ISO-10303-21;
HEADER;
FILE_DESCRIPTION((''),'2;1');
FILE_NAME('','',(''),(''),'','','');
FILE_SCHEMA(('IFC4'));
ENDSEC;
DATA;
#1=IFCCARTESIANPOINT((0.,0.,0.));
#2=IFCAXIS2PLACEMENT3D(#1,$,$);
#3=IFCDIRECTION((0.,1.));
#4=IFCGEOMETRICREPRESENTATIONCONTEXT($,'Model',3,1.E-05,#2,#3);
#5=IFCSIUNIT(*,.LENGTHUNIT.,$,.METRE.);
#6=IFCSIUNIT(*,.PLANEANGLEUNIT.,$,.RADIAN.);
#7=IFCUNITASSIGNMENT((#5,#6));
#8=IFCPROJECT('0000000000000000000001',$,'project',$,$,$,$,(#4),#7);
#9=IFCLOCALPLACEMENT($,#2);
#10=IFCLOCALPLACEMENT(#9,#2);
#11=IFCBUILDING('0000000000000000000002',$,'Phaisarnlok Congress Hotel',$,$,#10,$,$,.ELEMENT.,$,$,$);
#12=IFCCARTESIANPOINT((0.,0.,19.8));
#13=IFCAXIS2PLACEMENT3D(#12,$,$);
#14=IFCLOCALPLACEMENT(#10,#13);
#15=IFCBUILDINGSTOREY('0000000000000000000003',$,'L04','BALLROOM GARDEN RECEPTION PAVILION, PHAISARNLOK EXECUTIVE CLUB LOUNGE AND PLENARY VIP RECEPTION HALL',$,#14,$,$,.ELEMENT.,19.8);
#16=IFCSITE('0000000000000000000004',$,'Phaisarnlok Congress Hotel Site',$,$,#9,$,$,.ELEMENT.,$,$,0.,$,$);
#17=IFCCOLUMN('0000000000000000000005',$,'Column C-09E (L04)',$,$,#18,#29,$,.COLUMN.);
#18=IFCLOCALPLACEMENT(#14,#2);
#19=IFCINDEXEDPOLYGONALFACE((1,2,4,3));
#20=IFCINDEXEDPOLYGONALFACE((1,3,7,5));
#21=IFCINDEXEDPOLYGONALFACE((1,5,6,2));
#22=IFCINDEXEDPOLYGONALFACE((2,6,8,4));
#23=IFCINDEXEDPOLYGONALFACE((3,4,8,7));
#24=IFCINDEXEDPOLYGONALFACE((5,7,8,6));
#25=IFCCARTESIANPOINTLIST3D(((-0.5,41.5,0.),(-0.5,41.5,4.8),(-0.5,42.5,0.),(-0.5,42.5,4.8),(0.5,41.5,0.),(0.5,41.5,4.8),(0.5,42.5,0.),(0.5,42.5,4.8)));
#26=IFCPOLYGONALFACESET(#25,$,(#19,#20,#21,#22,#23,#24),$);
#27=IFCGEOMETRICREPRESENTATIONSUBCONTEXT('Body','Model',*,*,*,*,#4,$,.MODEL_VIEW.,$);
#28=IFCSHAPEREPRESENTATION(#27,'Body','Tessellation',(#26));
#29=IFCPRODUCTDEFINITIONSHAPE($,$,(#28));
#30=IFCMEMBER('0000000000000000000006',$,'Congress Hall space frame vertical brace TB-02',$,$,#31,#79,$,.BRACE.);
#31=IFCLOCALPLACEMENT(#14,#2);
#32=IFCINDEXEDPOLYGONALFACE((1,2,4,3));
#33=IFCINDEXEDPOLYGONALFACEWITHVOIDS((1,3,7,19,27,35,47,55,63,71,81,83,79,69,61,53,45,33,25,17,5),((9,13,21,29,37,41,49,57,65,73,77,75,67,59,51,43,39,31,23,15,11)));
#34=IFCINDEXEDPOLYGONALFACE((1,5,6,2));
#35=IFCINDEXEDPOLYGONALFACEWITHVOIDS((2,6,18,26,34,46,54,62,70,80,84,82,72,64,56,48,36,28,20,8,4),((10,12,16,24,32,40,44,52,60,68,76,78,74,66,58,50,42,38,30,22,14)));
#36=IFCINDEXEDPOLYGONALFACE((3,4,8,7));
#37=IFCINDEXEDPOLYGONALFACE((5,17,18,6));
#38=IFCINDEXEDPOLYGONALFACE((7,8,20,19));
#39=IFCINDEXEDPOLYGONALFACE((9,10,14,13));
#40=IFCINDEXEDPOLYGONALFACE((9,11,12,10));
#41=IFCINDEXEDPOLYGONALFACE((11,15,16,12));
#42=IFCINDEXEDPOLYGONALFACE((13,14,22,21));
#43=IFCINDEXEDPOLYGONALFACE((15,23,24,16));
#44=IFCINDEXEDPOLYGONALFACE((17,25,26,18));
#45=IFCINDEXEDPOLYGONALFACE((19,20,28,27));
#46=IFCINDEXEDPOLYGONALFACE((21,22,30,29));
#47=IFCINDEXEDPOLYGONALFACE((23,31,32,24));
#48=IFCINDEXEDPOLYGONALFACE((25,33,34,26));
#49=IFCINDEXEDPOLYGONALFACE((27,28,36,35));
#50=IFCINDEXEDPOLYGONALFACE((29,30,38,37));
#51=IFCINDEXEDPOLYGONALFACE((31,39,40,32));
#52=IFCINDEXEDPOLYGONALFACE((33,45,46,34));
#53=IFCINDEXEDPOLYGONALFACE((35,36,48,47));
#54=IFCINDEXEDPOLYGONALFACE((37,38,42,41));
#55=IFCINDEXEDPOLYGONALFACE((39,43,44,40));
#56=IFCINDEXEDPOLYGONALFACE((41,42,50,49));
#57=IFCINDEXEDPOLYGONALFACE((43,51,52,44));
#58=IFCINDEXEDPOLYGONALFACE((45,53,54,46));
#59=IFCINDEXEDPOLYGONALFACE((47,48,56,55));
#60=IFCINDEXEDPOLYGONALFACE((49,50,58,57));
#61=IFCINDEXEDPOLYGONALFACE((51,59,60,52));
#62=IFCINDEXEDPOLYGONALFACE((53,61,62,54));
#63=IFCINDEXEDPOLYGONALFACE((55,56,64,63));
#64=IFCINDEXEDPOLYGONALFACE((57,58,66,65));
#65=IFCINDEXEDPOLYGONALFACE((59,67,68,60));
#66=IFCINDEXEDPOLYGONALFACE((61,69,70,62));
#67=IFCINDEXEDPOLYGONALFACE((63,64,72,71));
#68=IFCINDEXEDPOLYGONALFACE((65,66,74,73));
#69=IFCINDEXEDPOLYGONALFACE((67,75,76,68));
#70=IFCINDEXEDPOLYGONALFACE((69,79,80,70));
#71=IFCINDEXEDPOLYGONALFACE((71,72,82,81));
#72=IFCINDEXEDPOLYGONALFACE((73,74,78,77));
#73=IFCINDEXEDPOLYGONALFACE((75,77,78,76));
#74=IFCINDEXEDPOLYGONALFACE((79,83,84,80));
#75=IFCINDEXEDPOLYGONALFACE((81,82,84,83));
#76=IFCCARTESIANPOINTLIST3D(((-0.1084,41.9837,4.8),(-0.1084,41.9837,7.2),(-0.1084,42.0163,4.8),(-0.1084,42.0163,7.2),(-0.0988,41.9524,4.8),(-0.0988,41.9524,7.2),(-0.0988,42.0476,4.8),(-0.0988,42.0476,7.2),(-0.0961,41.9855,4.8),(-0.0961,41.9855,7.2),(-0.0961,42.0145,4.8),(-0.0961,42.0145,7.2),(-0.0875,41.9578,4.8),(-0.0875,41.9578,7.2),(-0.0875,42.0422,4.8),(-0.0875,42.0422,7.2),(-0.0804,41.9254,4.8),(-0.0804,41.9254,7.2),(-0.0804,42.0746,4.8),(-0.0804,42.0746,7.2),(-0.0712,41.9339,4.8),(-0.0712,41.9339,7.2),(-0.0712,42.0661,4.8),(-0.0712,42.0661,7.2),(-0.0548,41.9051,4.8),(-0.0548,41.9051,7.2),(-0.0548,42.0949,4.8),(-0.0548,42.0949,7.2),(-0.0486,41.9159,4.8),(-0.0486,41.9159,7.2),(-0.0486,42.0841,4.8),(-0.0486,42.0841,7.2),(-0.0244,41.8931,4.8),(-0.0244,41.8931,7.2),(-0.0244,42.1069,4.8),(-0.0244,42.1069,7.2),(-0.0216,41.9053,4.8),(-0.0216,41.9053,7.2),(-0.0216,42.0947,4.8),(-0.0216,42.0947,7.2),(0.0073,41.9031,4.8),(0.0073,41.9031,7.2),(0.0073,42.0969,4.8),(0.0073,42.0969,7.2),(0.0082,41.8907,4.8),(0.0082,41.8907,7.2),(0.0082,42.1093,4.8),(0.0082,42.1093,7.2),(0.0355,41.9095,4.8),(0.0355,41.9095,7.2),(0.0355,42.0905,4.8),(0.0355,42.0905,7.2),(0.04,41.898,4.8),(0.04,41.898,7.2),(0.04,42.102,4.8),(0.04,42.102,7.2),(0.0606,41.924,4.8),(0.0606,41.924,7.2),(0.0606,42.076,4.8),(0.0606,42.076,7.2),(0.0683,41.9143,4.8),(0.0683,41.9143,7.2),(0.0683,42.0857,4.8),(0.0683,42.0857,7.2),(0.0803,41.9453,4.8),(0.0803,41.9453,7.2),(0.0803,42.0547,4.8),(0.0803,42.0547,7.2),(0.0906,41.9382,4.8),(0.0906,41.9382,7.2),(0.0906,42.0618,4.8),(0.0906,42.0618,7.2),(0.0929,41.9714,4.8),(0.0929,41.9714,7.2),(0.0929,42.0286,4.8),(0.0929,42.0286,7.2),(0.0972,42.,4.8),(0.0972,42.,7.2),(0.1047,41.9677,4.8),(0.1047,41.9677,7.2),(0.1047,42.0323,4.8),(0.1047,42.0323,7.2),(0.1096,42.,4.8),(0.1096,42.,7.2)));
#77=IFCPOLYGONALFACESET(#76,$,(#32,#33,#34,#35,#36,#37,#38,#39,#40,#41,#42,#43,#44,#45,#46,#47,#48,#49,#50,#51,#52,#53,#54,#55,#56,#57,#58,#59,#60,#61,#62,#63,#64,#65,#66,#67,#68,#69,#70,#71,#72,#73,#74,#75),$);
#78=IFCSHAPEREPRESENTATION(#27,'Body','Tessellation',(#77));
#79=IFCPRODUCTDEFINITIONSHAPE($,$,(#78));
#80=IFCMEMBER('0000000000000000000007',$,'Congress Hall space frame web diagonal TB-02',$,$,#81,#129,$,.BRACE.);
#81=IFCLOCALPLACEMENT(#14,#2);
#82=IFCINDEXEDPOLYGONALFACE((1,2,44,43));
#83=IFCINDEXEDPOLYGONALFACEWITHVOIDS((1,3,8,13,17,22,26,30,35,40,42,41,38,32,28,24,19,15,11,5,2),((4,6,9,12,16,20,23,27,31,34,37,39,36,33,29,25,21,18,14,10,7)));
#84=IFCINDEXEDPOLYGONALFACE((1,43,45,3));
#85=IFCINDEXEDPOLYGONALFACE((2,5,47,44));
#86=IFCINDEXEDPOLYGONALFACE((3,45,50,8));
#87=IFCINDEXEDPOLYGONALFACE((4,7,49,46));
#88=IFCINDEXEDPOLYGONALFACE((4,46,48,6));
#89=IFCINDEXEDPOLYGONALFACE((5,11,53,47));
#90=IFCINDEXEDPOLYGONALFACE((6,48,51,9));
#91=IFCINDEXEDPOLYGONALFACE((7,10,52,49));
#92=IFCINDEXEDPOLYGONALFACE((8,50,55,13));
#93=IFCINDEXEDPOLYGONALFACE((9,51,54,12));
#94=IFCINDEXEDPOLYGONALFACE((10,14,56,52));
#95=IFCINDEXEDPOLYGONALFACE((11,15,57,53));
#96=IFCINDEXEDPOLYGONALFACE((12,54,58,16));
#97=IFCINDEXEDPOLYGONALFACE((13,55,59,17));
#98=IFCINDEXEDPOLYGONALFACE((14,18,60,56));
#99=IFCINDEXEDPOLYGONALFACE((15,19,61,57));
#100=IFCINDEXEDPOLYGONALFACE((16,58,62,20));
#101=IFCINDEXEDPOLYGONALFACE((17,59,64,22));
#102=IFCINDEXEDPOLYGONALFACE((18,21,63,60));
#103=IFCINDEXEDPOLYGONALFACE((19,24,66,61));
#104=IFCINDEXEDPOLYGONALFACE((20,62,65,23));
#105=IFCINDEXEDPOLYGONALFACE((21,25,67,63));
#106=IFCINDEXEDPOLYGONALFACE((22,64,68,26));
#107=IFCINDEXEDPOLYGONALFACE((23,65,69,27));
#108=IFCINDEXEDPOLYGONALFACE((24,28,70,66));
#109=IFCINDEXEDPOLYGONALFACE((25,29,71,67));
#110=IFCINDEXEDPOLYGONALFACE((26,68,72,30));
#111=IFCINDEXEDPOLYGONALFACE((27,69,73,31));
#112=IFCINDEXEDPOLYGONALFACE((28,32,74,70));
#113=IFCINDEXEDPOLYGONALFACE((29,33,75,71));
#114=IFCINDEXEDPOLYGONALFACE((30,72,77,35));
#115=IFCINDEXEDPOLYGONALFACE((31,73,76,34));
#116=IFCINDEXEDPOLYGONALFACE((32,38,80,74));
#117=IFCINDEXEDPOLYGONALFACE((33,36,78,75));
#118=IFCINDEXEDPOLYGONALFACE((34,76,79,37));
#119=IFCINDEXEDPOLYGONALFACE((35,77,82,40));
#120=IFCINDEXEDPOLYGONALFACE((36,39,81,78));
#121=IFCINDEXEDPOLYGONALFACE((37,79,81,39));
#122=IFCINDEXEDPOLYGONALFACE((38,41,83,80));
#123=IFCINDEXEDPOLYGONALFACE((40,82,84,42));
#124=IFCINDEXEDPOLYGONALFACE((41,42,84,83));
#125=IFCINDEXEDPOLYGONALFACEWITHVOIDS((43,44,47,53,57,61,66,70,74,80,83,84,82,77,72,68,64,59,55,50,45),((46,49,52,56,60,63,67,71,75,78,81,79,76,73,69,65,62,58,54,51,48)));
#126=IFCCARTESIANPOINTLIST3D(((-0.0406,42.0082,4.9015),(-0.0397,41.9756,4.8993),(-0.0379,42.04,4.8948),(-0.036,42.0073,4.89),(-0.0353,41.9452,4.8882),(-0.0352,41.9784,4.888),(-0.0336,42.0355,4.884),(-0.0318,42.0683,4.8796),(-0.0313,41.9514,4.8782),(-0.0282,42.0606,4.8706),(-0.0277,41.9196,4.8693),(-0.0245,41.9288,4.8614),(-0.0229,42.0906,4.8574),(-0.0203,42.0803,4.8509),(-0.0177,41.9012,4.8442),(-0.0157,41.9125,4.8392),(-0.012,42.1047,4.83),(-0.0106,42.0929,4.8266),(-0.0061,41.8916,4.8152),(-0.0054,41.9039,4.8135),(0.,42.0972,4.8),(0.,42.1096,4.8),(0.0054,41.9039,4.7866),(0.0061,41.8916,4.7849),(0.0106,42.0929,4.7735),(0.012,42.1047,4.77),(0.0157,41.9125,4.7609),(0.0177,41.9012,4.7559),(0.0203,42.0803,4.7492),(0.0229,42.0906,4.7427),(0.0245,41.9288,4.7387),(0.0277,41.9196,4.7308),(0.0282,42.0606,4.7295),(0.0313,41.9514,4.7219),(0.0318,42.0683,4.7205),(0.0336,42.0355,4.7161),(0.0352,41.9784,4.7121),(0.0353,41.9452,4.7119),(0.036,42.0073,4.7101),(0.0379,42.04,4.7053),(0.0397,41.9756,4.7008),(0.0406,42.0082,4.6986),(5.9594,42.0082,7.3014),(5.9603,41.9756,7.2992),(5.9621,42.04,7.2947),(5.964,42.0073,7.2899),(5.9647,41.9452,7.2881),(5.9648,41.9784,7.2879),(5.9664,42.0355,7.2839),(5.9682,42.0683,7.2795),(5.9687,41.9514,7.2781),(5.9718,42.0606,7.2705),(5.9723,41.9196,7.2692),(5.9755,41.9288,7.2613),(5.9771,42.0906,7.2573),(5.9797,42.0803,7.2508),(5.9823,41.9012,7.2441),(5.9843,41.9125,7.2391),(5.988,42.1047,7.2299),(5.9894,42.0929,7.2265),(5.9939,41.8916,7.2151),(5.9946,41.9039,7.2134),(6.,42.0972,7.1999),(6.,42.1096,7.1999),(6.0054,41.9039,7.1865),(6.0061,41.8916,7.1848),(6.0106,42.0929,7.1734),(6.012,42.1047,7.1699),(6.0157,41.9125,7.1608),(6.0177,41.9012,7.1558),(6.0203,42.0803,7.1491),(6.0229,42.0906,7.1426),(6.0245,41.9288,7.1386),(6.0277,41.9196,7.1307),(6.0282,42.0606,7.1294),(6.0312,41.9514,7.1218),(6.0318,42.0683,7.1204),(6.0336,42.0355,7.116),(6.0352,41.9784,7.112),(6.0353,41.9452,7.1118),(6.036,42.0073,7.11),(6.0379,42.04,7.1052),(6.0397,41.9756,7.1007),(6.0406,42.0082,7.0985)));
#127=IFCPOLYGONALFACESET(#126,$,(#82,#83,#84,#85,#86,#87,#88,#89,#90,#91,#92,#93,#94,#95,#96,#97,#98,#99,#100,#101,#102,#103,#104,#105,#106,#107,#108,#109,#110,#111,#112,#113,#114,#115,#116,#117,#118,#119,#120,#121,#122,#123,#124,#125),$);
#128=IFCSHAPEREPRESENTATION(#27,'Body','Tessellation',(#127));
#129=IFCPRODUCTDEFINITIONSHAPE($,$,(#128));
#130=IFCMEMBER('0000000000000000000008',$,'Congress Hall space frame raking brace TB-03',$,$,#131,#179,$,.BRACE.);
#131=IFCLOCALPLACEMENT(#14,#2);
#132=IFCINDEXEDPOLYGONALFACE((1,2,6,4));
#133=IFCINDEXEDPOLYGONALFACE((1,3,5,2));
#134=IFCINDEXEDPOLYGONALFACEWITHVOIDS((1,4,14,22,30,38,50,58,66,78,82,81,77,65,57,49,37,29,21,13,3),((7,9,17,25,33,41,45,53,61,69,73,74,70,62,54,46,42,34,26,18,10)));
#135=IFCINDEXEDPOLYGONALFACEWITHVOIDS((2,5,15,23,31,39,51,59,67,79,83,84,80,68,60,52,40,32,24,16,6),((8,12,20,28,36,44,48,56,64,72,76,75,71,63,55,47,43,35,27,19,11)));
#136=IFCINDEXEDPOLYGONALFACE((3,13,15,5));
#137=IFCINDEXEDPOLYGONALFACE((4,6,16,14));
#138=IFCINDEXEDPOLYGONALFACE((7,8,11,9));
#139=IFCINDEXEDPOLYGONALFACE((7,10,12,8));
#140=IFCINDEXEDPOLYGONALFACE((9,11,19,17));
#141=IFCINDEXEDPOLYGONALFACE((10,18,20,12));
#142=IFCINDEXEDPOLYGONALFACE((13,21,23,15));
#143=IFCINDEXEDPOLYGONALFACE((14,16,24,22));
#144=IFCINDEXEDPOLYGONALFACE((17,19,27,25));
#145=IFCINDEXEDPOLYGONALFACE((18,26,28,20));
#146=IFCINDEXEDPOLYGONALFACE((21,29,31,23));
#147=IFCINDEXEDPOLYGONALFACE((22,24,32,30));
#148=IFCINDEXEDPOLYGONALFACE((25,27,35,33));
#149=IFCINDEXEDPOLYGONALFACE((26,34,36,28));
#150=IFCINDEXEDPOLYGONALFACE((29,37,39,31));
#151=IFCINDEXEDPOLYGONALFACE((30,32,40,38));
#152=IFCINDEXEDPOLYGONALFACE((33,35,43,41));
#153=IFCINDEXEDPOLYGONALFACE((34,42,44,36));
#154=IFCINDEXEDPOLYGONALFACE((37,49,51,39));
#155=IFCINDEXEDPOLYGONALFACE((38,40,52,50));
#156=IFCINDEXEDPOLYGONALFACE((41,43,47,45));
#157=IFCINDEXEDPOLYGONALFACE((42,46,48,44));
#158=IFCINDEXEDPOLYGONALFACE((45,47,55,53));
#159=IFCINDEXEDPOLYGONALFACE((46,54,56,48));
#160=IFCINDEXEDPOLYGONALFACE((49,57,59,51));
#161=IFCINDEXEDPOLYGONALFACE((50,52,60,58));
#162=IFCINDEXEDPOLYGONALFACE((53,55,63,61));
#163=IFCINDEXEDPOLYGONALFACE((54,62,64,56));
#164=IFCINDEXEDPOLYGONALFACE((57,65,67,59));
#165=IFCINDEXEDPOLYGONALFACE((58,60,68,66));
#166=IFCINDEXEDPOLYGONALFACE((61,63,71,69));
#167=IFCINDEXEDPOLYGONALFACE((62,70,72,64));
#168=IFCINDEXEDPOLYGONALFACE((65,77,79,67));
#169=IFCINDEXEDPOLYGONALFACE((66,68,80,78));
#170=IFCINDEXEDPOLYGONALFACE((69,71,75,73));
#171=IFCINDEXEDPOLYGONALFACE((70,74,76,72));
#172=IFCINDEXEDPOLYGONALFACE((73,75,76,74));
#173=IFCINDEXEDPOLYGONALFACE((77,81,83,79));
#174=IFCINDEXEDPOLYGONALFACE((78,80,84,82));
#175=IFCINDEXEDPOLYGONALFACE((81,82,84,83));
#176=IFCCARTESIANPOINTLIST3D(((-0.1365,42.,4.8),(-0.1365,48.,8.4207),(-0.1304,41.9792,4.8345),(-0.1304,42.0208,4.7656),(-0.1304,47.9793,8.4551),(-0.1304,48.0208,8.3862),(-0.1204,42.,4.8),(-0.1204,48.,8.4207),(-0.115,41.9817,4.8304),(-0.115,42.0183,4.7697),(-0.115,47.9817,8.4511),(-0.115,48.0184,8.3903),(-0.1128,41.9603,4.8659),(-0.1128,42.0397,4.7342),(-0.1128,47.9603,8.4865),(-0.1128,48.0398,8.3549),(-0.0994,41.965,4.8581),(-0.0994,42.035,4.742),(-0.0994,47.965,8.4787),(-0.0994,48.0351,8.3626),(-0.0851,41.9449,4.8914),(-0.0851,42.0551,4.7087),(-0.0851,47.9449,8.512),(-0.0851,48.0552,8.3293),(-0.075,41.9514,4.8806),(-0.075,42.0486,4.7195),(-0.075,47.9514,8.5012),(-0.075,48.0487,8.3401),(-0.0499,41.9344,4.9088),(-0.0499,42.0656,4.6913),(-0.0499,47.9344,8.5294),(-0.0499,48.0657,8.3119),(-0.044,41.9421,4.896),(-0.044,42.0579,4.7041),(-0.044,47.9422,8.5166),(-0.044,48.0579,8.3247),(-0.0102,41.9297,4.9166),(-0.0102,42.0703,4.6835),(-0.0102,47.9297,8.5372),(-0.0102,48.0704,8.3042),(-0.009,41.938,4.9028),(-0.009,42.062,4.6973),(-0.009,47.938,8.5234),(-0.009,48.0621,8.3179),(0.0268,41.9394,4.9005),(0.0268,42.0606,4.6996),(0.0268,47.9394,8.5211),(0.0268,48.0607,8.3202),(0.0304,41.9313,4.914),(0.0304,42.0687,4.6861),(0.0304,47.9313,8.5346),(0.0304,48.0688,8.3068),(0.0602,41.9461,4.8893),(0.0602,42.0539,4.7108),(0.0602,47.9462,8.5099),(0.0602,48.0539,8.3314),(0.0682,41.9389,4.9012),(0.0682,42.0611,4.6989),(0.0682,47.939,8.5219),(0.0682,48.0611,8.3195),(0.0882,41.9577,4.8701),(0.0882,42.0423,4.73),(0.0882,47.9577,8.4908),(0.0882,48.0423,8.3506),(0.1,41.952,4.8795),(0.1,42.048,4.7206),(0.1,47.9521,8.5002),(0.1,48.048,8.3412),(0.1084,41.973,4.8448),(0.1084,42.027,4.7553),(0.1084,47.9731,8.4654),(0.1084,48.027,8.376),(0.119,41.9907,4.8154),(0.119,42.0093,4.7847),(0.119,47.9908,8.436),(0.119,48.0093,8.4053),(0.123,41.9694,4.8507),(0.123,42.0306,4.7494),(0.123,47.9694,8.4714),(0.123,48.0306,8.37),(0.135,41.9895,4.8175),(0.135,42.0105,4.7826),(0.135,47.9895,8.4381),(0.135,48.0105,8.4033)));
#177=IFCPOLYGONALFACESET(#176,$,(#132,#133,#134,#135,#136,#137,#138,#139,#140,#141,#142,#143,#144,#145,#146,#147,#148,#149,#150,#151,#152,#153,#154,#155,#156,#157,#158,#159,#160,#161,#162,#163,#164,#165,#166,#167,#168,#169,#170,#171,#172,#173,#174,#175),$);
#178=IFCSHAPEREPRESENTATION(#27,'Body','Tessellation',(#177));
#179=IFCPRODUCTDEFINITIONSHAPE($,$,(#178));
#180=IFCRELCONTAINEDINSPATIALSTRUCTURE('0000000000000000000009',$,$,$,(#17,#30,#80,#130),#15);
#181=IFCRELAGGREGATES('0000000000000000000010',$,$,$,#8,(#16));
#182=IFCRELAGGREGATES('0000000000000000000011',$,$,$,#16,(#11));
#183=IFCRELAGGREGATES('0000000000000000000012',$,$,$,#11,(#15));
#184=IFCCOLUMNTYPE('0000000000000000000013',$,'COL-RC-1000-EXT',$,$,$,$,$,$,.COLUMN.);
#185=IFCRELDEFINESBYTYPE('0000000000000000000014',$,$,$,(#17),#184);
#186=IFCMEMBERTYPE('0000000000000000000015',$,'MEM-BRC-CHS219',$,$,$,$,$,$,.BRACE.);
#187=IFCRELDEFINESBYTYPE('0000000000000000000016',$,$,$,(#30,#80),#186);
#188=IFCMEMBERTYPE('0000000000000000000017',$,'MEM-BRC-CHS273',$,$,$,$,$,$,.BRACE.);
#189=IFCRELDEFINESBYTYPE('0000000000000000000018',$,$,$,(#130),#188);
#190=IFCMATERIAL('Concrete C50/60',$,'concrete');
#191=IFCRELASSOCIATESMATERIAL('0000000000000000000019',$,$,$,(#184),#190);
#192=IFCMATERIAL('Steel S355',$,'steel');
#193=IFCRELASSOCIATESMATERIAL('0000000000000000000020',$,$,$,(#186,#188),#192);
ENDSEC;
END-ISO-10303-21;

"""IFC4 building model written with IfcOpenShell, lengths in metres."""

from ifc_helpers import new_model, si_unit, direction, frame, origin, origin_2d, place, context, subcontext, project, spatial, rectangle, hollow_circle, extrude, material, material_profile, profile_set, type_object, element, save


model = new_model("IFC4")

# Units and contexts
model_context = context("Model", 3, precision=1e-05, world=origin(), true_north=direction((0.0, 1.0)))
body_context = subcontext(model_context, "Body", "Model", "MODEL_VIEW")
ifc_project = project(units=[si_unit("LENGTHUNIT", "METRE"), si_unit("PLANEANGLEUNIT", "RADIAN")], contexts=[model_context])

# Site, building, storey
site_placement = place(None, origin())
site = spatial("IfcSite", under=ifc_project, at=site_placement, Name="Phaisarnlok Congress Hotel Site", CompositionType="ELEMENT", RefElevation=0.0)
building_placement = place(site_placement, origin())
building = spatial("IfcBuilding", under=site, at=building_placement, Name="Phaisarnlok Congress Hotel", CompositionType="ELEMENT")
storey_placement = place(building_placement, frame((0.0, 0.0, 19.8)))
storey = spatial("IfcBuildingStorey", under=building, at=storey_placement, Name="L04", Description="BALLROOM GARDEN RECEPTION PAVILION, PHAISARNLOK EXECUTIVE CLUB LOUNGE AND PLENARY VIP RECEPTION HALL", CompositionType="ELEMENT", Elevation=19.8)

# Column
ifc_material_1 = material(Name="Concrete C50/60", Category="concrete")
ifc_material_profile_1 = material_profile(ifc_material_1, rectangle(XDim=1.0, YDim=1.0, at=origin_2d()), Name="RC 1000x1000")
ifc_profile_set_1 = profile_set([ifc_material_profile_1], Name="Concrete C50/60")
column_type = type_object("IfcColumnType", Name="COL-RC-1000-EXT", PredefinedType="COLUMN", material=ifc_profile_set_1)
column_placement = place(storey_placement, frame((0.0, 42.0, 0.0), z_axis=(0.0, 0.0, 1.0), x_axis=(1.0, 0.0, 0.0)))
element("IfcColumn", 1, at=column_placement, inside=storey, type_object=column_type, Name="Column C-09E (L04)", PredefinedType="COLUMN", context=body_context, shape_type="SweptSolid", body=[
    extrude(rectangle(XDim=1.0, YDim=1.0, at=origin_2d()), origin(), (0.0, 0.0, 1.0), 4.8),
])

# Members
ifc_material_2 = material(Name="Steel S355", Category="steel")
ifc_material_profile_2 = material_profile(ifc_material_2, hollow_circle(Radius=0.1096, WallThickness=0.0125, at=origin_2d()), Name="CHS 219.1x12.5")
ifc_profile_set_2 = profile_set([ifc_material_profile_2], Name="Steel S355")
member_type_1 = type_object("IfcMemberType", Name="MEM-BRC-CHS219", PredefinedType="BRACE", material=ifc_profile_set_2)
member_1_placement = place(storey_placement, frame((0.0, 42.0, 4.8), z_axis=(0.0, 0.0, 1.0), x_axis=(1.0, 0.0, 0.0)))
element("IfcMember", 2, at=member_1_placement, inside=storey, type_object=member_type_1, Name="Congress Hall space frame vertical brace TB-02", PredefinedType="BRACE", context=body_context, shape_type="SweptSolid", body=[
    extrude(hollow_circle(Radius=0.1096, WallThickness=0.0125, at=origin_2d()), origin(), (0.0, 0.0, 1.0), 2.3999),
])
member_2_placement = place(storey_placement, frame((0.0, 42.0, 4.8), z_axis=(0.928482, 0.0, 0.371378), x_axis=(0.0, 1.0, 0.0)))
element("IfcMember", 3, at=member_2_placement, inside=storey, type_object=member_type_1, Name="Congress Hall space frame web diagonal TB-02", PredefinedType="BRACE", context=body_context, shape_type="SweptSolid", body=[
    extrude(hollow_circle(Radius=0.1096, WallThickness=0.0125, at=origin_2d()), origin(), (0.0, 0.0, 1.0), 6.4622),
])
ifc_material_profile_3 = material_profile(ifc_material_2, hollow_circle(Radius=0.1365, WallThickness=0.0161, at=origin_2d()), Name="CHS 273x16")
ifc_profile_set_3 = profile_set([ifc_material_profile_3], Name="Steel S355")
member_type_2 = type_object("IfcMemberType", Name="MEM-BRC-CHS273", PredefinedType="BRACE", material=ifc_profile_set_3)
member_3_placement = place(storey_placement, frame((0.0, 42.0, 4.8), z_axis=(0.0, 0.856193, 0.516656), x_axis=(-1.0, 0.0, 0.0)))
element("IfcMember", 4, at=member_3_placement, inside=storey, type_object=member_type_2, Name="Congress Hall space frame raking brace TB-03", PredefinedType="BRACE", context=body_context, shape_type="SweptSolid", body=[
    extrude(hollow_circle(Radius=0.1365, WallThickness=0.0161, at=origin_2d()), origin(), (0.0, 0.0, 1.0), 7.0078),
])

save(model, "model.ifc")
